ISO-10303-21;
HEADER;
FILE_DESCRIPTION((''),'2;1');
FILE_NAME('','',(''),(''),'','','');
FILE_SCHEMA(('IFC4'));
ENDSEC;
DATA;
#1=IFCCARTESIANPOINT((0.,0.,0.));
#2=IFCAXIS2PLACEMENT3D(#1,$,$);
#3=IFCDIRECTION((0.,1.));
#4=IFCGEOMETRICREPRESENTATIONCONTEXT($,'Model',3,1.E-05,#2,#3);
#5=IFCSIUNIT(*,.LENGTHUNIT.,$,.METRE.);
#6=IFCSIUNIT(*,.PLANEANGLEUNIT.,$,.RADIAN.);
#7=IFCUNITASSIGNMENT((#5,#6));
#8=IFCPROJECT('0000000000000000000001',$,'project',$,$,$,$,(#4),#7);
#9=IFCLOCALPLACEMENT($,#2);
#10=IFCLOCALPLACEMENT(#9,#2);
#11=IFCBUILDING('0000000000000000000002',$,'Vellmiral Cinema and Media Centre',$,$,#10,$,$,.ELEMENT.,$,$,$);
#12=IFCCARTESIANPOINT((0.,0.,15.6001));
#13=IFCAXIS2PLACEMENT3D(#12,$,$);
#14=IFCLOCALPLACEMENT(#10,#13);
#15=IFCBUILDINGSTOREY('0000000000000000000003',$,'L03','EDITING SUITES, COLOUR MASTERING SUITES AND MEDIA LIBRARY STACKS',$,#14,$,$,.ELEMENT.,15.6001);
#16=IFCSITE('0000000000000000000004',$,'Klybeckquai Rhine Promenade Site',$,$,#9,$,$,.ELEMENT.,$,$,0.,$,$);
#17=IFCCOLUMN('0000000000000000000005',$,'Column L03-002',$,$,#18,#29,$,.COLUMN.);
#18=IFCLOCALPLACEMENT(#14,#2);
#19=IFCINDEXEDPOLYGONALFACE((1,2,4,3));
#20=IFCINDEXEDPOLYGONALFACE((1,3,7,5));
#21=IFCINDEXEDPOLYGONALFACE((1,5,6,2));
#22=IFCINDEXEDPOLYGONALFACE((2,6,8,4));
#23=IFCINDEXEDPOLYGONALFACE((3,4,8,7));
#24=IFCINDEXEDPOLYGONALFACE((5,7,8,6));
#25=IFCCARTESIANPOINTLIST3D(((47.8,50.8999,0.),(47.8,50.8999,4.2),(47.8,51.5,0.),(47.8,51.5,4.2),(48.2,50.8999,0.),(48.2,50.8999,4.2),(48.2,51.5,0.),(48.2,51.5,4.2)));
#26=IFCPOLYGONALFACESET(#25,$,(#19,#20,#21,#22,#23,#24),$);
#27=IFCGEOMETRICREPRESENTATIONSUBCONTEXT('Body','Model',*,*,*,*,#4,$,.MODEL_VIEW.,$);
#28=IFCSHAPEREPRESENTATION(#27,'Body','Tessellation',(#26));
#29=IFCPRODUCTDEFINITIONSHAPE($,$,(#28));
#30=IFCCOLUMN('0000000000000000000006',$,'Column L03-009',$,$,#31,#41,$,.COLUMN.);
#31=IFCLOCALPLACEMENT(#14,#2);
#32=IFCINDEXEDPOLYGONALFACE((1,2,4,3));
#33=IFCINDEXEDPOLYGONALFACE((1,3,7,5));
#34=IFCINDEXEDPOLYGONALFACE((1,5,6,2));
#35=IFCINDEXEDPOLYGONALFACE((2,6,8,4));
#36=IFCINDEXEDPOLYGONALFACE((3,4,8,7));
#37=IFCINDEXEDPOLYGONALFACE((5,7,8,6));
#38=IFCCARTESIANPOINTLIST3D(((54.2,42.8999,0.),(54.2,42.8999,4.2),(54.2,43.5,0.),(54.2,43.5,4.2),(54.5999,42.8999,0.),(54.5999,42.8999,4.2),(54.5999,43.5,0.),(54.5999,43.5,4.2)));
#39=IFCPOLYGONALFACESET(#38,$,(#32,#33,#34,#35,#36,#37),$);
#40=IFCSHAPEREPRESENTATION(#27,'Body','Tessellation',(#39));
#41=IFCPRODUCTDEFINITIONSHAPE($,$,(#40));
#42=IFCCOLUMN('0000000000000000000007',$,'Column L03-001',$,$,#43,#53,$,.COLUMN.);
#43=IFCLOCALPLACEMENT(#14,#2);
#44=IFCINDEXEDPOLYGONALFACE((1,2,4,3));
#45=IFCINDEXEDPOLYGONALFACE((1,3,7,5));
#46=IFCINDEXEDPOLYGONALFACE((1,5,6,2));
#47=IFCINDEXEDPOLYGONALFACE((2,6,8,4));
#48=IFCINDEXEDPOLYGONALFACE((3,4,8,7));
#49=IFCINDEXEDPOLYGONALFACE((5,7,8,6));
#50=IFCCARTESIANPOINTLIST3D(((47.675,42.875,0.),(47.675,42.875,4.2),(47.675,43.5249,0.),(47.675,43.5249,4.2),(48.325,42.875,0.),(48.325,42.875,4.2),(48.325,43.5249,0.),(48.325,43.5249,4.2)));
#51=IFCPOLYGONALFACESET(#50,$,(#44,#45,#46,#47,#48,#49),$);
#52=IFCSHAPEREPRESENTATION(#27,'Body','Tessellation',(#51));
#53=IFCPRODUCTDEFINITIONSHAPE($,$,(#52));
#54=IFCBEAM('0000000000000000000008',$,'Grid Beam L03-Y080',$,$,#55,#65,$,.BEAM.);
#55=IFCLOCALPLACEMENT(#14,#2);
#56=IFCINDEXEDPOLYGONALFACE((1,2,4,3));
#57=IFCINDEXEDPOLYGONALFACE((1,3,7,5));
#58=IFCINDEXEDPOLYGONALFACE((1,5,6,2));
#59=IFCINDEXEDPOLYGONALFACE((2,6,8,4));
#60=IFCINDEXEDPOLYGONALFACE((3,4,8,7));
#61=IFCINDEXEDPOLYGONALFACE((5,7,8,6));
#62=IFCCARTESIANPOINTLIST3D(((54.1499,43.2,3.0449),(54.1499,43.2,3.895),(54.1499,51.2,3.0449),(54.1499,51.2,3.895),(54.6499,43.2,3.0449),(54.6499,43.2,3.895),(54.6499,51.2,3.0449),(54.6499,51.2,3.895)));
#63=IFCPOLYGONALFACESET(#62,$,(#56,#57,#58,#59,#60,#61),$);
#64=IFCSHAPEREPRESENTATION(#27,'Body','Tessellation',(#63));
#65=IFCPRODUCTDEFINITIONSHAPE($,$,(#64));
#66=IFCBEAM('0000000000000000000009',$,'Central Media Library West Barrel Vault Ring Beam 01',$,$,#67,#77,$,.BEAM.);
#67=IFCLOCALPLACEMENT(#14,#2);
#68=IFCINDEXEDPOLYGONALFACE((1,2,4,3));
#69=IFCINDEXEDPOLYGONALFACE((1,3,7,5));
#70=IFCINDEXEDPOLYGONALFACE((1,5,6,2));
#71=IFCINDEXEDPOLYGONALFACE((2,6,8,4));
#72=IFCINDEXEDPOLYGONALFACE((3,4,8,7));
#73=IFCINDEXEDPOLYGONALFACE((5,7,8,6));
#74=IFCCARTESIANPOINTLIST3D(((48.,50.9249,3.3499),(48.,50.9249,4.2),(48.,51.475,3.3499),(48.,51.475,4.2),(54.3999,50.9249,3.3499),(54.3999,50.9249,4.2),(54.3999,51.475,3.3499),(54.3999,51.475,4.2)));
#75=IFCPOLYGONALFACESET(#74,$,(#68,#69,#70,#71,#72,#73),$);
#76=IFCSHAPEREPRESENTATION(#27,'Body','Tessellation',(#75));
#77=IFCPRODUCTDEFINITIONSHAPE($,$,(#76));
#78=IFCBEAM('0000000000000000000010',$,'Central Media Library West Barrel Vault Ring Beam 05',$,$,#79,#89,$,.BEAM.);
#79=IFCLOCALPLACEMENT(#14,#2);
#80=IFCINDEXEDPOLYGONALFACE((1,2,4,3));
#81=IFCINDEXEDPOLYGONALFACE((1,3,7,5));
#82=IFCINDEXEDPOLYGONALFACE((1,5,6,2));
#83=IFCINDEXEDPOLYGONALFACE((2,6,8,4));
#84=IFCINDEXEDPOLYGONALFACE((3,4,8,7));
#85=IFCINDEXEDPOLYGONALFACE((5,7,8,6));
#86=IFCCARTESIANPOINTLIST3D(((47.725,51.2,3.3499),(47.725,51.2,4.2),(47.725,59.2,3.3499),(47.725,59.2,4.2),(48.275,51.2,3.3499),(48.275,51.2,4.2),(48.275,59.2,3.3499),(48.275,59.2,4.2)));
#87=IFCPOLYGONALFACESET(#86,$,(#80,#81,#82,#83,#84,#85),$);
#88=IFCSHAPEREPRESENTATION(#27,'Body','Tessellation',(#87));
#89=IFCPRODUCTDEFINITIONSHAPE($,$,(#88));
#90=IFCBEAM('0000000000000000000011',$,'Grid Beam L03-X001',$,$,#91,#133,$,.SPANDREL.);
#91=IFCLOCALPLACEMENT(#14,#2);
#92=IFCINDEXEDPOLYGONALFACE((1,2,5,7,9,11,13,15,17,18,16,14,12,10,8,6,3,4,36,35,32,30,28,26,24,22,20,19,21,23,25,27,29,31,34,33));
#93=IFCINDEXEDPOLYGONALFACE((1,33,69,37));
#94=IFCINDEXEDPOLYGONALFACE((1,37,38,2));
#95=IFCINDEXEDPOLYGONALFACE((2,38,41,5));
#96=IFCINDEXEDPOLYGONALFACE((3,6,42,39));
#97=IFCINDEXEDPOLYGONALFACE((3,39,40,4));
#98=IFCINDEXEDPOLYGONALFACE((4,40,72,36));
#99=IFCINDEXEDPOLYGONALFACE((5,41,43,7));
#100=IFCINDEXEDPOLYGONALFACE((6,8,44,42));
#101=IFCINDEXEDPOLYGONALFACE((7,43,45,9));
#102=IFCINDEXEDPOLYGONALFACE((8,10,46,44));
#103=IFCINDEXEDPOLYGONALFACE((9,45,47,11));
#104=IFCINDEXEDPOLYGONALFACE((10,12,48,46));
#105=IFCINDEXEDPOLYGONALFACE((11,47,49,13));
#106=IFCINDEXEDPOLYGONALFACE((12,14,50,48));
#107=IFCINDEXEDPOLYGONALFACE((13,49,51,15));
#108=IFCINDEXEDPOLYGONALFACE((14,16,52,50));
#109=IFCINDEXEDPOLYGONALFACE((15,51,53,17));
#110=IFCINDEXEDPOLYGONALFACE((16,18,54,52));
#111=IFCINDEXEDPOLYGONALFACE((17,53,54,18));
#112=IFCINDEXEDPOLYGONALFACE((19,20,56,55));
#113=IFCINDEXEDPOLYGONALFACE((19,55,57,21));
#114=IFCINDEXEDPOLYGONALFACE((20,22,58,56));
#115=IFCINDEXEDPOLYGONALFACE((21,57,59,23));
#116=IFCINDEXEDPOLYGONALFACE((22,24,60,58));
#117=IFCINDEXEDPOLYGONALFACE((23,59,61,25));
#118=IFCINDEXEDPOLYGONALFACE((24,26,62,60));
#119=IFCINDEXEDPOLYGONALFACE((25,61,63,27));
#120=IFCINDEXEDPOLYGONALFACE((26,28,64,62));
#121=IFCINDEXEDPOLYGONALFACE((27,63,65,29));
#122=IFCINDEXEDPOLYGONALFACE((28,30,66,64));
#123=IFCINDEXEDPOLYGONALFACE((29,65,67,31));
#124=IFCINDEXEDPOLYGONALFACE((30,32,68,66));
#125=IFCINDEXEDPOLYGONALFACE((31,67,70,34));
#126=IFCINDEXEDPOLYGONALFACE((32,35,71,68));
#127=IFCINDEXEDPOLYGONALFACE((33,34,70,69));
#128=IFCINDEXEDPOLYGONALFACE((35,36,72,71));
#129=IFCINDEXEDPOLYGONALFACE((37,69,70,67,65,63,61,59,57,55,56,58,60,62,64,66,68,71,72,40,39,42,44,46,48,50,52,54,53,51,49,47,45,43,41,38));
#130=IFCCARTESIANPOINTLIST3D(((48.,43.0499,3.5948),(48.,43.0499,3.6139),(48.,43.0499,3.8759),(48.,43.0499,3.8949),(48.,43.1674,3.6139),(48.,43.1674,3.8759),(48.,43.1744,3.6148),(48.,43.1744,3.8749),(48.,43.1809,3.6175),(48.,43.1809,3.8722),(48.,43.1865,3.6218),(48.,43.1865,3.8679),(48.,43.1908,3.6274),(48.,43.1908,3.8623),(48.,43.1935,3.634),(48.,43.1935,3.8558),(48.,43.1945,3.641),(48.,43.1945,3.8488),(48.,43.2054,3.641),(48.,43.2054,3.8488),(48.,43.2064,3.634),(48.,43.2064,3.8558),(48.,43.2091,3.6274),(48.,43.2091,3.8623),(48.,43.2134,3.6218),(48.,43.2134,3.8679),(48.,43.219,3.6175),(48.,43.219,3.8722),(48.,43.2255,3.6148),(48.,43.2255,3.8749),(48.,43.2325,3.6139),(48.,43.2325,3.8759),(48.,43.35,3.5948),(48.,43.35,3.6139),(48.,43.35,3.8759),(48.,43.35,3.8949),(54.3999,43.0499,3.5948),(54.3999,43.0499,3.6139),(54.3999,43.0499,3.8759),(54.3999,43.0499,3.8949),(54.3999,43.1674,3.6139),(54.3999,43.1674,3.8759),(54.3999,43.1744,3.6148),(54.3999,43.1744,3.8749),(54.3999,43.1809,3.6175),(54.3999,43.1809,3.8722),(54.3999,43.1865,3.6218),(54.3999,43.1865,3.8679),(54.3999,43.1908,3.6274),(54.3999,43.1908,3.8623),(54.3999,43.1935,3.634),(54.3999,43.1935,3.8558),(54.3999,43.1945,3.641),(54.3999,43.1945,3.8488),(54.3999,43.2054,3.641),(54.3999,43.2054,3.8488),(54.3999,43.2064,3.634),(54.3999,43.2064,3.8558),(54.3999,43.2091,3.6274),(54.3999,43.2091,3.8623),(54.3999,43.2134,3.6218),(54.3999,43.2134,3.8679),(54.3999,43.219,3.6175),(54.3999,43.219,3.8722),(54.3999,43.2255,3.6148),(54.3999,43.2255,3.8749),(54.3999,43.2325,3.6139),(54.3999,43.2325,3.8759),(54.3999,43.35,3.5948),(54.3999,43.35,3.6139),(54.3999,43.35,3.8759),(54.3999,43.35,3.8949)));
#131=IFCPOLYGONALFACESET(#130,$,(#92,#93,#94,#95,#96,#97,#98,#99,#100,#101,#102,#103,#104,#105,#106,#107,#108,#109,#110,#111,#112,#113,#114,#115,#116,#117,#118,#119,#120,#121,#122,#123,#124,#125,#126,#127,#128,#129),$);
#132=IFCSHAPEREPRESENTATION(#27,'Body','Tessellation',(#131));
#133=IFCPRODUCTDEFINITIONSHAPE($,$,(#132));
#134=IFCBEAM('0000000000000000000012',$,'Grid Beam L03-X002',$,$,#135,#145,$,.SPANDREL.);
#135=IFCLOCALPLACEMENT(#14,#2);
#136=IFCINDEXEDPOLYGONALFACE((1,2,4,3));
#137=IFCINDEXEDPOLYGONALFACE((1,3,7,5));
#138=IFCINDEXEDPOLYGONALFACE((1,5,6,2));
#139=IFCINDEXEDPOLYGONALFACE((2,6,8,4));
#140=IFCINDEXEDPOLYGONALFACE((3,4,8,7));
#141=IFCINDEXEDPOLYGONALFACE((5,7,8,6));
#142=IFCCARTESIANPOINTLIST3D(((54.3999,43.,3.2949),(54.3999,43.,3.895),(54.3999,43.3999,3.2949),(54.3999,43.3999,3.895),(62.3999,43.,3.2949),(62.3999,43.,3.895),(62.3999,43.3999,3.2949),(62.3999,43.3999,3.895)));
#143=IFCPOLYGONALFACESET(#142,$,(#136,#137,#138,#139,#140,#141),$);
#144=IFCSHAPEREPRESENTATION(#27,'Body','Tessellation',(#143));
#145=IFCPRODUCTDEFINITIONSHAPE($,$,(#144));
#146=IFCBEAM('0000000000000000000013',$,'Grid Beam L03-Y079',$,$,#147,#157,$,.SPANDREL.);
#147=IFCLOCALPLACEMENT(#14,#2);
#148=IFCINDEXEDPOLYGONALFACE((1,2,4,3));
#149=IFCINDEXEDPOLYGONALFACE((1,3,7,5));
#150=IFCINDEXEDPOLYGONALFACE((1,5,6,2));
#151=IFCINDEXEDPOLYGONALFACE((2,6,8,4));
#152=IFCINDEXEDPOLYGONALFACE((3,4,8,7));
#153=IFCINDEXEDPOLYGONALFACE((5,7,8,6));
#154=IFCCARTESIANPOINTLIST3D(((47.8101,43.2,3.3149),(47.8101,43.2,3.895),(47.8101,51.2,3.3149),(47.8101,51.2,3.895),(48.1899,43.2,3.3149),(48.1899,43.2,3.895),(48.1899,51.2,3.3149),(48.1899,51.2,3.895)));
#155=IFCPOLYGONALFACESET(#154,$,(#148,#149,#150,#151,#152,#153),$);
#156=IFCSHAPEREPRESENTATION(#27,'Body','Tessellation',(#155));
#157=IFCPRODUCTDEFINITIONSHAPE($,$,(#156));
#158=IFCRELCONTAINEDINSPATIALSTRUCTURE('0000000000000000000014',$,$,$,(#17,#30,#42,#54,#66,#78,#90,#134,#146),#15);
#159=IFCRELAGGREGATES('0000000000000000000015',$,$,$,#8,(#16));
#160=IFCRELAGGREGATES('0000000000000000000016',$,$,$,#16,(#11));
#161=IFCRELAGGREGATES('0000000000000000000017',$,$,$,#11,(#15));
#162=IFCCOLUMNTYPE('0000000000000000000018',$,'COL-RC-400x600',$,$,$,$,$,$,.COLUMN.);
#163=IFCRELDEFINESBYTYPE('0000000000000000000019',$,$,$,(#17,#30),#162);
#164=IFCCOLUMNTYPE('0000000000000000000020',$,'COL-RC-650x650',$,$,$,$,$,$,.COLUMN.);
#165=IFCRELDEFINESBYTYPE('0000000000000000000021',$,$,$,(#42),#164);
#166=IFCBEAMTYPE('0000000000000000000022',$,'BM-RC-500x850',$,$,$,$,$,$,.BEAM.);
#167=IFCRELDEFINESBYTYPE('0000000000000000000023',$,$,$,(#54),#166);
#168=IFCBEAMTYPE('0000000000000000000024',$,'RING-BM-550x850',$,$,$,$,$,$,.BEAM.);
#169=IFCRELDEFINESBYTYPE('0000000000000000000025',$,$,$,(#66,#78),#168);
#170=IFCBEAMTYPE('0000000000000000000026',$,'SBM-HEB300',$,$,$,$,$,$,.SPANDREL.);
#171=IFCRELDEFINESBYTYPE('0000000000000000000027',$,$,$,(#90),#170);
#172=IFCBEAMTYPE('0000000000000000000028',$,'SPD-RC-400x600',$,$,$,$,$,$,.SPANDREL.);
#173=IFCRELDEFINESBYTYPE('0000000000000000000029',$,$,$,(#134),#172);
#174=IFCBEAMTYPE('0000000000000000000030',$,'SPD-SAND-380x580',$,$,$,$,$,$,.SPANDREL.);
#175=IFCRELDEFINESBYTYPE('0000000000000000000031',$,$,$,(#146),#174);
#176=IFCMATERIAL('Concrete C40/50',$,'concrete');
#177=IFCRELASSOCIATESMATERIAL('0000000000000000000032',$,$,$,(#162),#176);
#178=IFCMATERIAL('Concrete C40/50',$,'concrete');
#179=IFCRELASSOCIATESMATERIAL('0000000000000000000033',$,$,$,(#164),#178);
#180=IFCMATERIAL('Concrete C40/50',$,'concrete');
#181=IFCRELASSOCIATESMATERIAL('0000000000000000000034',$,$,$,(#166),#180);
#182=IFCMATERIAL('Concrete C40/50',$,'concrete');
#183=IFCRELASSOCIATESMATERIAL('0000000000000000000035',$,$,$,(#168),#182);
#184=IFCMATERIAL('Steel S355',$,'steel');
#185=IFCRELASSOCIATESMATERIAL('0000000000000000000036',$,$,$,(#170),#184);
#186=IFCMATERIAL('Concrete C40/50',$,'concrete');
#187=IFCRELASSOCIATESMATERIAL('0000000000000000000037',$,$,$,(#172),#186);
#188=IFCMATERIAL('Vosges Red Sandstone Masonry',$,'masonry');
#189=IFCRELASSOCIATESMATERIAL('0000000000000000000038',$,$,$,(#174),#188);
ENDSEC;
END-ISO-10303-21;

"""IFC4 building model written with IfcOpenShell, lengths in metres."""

from ifc_helpers import new_model, si_unit, direction, frame, origin, origin_2d, place, context, subcontext, project, spatial, rectangle, i_section, extrude, material, material_profile, profile_set, type_object, element, save


model = new_model("IFC4")

# Units and contexts
model_context = context("Model", 3, precision=1e-05, world=origin(), true_north=direction((0.0, 1.0)))
body_context = subcontext(model_context, "Body", "Model", "MODEL_VIEW")
ifc_project = project(units=[si_unit("LENGTHUNIT", "METRE"), si_unit("PLANEANGLEUNIT", "RADIAN")], contexts=[model_context])

# Site, building, storey
site_placement = place(None, origin())
site = spatial("IfcSite", under=ifc_project, at=site_placement, Name="Klybeckquai Rhine Promenade Site", CompositionType="ELEMENT", RefElevation=0.0)
building_placement = place(site_placement, origin())
building = spatial("IfcBuilding", under=site, at=building_placement, Name="Vellmiral Cinema and Media Centre", CompositionType="ELEMENT")
storey_placement = place(building_placement, frame((0.0, 0.0, 15.6001)))
storey = spatial("IfcBuildingStorey", under=building, at=storey_placement, Name="L03", Description="EDITING SUITES, COLOUR MASTERING SUITES AND MEDIA LIBRARY STACKS", CompositionType="ELEMENT", Elevation=15.6001)

# Columns
ifc_material_1 = material(Name="Concrete C40/50", Category="concrete")
ifc_material_profile_1 = material_profile(ifc_material_1, rectangle(XDim=0.3999, YDim=0.6001, at=origin_2d()), Name="RC 400x600")
ifc_profile_set_1 = profile_set([ifc_material_profile_1], Name="Concrete C40/50")
column_type_1 = type_object("IfcColumnType", Name="COL-RC-400x600", PredefinedType="COLUMN", material=ifc_profile_set_1)
for number, where, z_axis, x_axis, name in (
    (1, (48.0, 51.2, 0.0), (0.0, 0.0, 1.0), (1.0, 0.0, 0.0), "Column L03-002"),
    (2, (54.3999, 43.2, 0.0), (0.0, 0.0, 1.0), (1.0, 0.0, 0.0), "Column L03-009"),
):
    element("IfcColumn", number, at=place(storey_placement, frame(where, z_axis=z_axis, x_axis=x_axis)), inside=storey, type_object=column_type_1, Name=name, PredefinedType="COLUMN", context=body_context, shape_type="SweptSolid", body=[
        extrude(rectangle(XDim=0.3999, YDim=0.6001, at=origin_2d()), origin(), (0.0, 0.0, 1.0), 4.2),
    ])
ifc_material_2 = material(Name="Concrete C40/50", Category="concrete")
ifc_material_profile_2 = material_profile(ifc_material_2, rectangle(XDim=0.6499, YDim=0.6499, at=origin_2d()), Name="RC 650x650")
ifc_profile_set_2 = profile_set([ifc_material_profile_2], Name="Concrete C40/50")
column_type_2 = type_object("IfcColumnType", Name="COL-RC-650x650", PredefinedType="COLUMN", material=ifc_profile_set_2)
column_placement = place(storey_placement, frame((48.0, 43.2, 0.0), z_axis=(0.0, 0.0, 1.0), x_axis=(1.0, 0.0, 0.0)))
element("IfcColumn", 3, at=column_placement, inside=storey, type_object=column_type_2, Name="Column L03-001", PredefinedType="COLUMN", context=body_context, shape_type="SweptSolid", body=[
    extrude(rectangle(XDim=0.6499, YDim=0.6499, at=origin_2d()), origin(), (0.0, 0.0, 1.0), 4.2),
])

# Beams
ifc_material_3 = material(Name="Concrete C40/50", Category="concrete")
ifc_material_profile_3 = material_profile(ifc_material_3, rectangle(XDim=0.5, YDim=0.8501, at=origin_2d()), Name="RC 500x850")
ifc_profile_set_3 = profile_set([ifc_material_profile_3], Name="Concrete C40/50")
beam_type_1 = type_object("IfcBeamType", Name="BM-RC-500x850", PredefinedType="BEAM", material=ifc_profile_set_3)
beam_1_placement = place(storey_placement, frame((54.3999, 43.2, 3.47), z_axis=(0.0, 1.0, 0.0), x_axis=(-1.0, 0.0, 0.0)))
element("IfcBeam", 4, at=beam_1_placement, inside=storey, type_object=beam_type_1, Name="Grid Beam L03-Y080", PredefinedType="BEAM", context=body_context, shape_type="SweptSolid", body=[
    extrude(rectangle(XDim=0.5, YDim=0.8501, at=origin_2d()), origin(), (0.0, 0.0, 1.0), 8.0),
])
ifc_material_4 = material(Name="Concrete C40/50", Category="concrete")
ifc_material_profile_4 = material_profile(ifc_material_4, rectangle(XDim=0.55, YDim=0.8501, at=origin_2d()), Name="RC 550x850")
ifc_profile_set_4 = profile_set([ifc_material_profile_4], Name="Concrete C40/50")
beam_type_2 = type_object("IfcBeamType", Name="RING-BM-550x850", PredefinedType="BEAM", material=ifc_profile_set_4)
beam_2_placement = place(storey_placement, frame((48.0, 51.2, 3.7749), z_axis=(1.0, 0.0, 0.0), x_axis=(0.0, 1.0, 0.0)))
element("IfcBeam", 5, at=beam_2_placement, inside=storey, type_object=beam_type_2, Name="Central Media Library West Barrel Vault Ring Beam 01", PredefinedType="BEAM", context=body_context, shape_type="SweptSolid", body=[
    extrude(rectangle(XDim=0.55, YDim=0.8501, at=origin_2d()), origin(), (0.0, 0.0, 1.0), 6.3999),
])
beam_3_placement = place(storey_placement, frame((48.0, 51.2, 3.7749), z_axis=(0.0, 1.0, 0.0), x_axis=(-1.0, 0.0, 0.0)))
element("IfcBeam", 6, at=beam_3_placement, inside=storey, type_object=beam_type_2, Name="Central Media Library West Barrel Vault Ring Beam 05", PredefinedType="BEAM", context=body_context, shape_type="SweptSolid", body=[
    extrude(rectangle(XDim=0.55, YDim=0.8501, at=origin_2d()), origin(), (0.0, 0.0, 1.0), 8.0),
])
ifc_material_5 = material(Name="Steel S355", Category="steel")
ifc_material_profile_5 = material_profile(ifc_material_5, i_section(OverallWidth=0.3, OverallDepth=0.3, WebThickness=0.011, FlangeThickness=0.019, FilletRadius=0.0271, at=origin_2d()), Name="HEB 300")
ifc_profile_set_5 = profile_set([ifc_material_profile_5], Name="Steel S355")
beam_type_3 = type_object("IfcBeamType", Name="SBM-HEB300", PredefinedType="SPANDREL", material=ifc_profile_set_5)
beam_4_placement = place(storey_placement, frame((48.0, 43.2, 3.7449), z_axis=(1.0, 0.0, 0.0), x_axis=(0.0, 1.0, 0.0)))
element("IfcBeam", 7, at=beam_4_placement, inside=storey, type_object=beam_type_3, Name="Grid Beam L03-X001", PredefinedType="SPANDREL", context=body_context, shape_type="SweptSolid", body=[
    extrude(i_section(OverallWidth=0.3, OverallDepth=0.3, WebThickness=0.011, FlangeThickness=0.019, FilletRadius=0.0271, at=origin_2d()), origin(), (0.0, 0.0, 1.0), 6.3999),
])
ifc_material_6 = material(Name="Concrete C40/50", Category="concrete")
ifc_material_profile_6 = material_profile(ifc_material_6, rectangle(XDim=0.3999, YDim=0.6001, at=origin_2d()), Name="RC 400x600")
ifc_profile_set_6 = profile_set([ifc_material_profile_6], Name="Concrete C40/50")
beam_type_4 = type_object("IfcBeamType", Name="SPD-RC-400x600", PredefinedType="SPANDREL", material=ifc_profile_set_6)
beam_5_placement = place(storey_placement, frame((54.3999, 43.2, 3.595), z_axis=(1.0, 0.0, 0.0), x_axis=(0.0, 1.0, 0.0)))
element("IfcBeam", 8, at=beam_5_placement, inside=storey, type_object=beam_type_4, Name="Grid Beam L03-X002", PredefinedType="SPANDREL", context=body_context, shape_type="SweptSolid", body=[
    extrude(rectangle(XDim=0.3999, YDim=0.6001, at=origin_2d()), origin(), (0.0, 0.0, 1.0), 8.0),
])
ifc_material_7 = material(Name="Vosges Red Sandstone Masonry", Category="masonry")
ifc_material_profile_7 = material_profile(ifc_material_7, rectangle(XDim=0.3799, YDim=0.5801, at=origin_2d()), Name="SAND 380x580")
ifc_profile_set_7 = profile_set([ifc_material_profile_7], Name="Vosges Red Sandstone Masonry")
beam_type_5 = type_object("IfcBeamType", Name="SPD-SAND-380x580", PredefinedType="SPANDREL", material=ifc_profile_set_7)
beam_6_placement = place(storey_placement, frame((48.0, 43.2, 3.605), z_axis=(0.0, 1.0, 0.0), x_axis=(-1.0, 0.0, 0.0)))
element("IfcBeam", 9, at=beam_6_placement, inside=storey, type_object=beam_type_5, Name="Grid Beam L03-Y079", PredefinedType="SPANDREL", context=body_context, shape_type="SweptSolid", body=[
    extrude(rectangle(XDim=0.3799, YDim=0.5801, at=origin_2d()), origin(), (0.0, 0.0, 1.0), 8.0),
])

save(model, "model.ifc")
